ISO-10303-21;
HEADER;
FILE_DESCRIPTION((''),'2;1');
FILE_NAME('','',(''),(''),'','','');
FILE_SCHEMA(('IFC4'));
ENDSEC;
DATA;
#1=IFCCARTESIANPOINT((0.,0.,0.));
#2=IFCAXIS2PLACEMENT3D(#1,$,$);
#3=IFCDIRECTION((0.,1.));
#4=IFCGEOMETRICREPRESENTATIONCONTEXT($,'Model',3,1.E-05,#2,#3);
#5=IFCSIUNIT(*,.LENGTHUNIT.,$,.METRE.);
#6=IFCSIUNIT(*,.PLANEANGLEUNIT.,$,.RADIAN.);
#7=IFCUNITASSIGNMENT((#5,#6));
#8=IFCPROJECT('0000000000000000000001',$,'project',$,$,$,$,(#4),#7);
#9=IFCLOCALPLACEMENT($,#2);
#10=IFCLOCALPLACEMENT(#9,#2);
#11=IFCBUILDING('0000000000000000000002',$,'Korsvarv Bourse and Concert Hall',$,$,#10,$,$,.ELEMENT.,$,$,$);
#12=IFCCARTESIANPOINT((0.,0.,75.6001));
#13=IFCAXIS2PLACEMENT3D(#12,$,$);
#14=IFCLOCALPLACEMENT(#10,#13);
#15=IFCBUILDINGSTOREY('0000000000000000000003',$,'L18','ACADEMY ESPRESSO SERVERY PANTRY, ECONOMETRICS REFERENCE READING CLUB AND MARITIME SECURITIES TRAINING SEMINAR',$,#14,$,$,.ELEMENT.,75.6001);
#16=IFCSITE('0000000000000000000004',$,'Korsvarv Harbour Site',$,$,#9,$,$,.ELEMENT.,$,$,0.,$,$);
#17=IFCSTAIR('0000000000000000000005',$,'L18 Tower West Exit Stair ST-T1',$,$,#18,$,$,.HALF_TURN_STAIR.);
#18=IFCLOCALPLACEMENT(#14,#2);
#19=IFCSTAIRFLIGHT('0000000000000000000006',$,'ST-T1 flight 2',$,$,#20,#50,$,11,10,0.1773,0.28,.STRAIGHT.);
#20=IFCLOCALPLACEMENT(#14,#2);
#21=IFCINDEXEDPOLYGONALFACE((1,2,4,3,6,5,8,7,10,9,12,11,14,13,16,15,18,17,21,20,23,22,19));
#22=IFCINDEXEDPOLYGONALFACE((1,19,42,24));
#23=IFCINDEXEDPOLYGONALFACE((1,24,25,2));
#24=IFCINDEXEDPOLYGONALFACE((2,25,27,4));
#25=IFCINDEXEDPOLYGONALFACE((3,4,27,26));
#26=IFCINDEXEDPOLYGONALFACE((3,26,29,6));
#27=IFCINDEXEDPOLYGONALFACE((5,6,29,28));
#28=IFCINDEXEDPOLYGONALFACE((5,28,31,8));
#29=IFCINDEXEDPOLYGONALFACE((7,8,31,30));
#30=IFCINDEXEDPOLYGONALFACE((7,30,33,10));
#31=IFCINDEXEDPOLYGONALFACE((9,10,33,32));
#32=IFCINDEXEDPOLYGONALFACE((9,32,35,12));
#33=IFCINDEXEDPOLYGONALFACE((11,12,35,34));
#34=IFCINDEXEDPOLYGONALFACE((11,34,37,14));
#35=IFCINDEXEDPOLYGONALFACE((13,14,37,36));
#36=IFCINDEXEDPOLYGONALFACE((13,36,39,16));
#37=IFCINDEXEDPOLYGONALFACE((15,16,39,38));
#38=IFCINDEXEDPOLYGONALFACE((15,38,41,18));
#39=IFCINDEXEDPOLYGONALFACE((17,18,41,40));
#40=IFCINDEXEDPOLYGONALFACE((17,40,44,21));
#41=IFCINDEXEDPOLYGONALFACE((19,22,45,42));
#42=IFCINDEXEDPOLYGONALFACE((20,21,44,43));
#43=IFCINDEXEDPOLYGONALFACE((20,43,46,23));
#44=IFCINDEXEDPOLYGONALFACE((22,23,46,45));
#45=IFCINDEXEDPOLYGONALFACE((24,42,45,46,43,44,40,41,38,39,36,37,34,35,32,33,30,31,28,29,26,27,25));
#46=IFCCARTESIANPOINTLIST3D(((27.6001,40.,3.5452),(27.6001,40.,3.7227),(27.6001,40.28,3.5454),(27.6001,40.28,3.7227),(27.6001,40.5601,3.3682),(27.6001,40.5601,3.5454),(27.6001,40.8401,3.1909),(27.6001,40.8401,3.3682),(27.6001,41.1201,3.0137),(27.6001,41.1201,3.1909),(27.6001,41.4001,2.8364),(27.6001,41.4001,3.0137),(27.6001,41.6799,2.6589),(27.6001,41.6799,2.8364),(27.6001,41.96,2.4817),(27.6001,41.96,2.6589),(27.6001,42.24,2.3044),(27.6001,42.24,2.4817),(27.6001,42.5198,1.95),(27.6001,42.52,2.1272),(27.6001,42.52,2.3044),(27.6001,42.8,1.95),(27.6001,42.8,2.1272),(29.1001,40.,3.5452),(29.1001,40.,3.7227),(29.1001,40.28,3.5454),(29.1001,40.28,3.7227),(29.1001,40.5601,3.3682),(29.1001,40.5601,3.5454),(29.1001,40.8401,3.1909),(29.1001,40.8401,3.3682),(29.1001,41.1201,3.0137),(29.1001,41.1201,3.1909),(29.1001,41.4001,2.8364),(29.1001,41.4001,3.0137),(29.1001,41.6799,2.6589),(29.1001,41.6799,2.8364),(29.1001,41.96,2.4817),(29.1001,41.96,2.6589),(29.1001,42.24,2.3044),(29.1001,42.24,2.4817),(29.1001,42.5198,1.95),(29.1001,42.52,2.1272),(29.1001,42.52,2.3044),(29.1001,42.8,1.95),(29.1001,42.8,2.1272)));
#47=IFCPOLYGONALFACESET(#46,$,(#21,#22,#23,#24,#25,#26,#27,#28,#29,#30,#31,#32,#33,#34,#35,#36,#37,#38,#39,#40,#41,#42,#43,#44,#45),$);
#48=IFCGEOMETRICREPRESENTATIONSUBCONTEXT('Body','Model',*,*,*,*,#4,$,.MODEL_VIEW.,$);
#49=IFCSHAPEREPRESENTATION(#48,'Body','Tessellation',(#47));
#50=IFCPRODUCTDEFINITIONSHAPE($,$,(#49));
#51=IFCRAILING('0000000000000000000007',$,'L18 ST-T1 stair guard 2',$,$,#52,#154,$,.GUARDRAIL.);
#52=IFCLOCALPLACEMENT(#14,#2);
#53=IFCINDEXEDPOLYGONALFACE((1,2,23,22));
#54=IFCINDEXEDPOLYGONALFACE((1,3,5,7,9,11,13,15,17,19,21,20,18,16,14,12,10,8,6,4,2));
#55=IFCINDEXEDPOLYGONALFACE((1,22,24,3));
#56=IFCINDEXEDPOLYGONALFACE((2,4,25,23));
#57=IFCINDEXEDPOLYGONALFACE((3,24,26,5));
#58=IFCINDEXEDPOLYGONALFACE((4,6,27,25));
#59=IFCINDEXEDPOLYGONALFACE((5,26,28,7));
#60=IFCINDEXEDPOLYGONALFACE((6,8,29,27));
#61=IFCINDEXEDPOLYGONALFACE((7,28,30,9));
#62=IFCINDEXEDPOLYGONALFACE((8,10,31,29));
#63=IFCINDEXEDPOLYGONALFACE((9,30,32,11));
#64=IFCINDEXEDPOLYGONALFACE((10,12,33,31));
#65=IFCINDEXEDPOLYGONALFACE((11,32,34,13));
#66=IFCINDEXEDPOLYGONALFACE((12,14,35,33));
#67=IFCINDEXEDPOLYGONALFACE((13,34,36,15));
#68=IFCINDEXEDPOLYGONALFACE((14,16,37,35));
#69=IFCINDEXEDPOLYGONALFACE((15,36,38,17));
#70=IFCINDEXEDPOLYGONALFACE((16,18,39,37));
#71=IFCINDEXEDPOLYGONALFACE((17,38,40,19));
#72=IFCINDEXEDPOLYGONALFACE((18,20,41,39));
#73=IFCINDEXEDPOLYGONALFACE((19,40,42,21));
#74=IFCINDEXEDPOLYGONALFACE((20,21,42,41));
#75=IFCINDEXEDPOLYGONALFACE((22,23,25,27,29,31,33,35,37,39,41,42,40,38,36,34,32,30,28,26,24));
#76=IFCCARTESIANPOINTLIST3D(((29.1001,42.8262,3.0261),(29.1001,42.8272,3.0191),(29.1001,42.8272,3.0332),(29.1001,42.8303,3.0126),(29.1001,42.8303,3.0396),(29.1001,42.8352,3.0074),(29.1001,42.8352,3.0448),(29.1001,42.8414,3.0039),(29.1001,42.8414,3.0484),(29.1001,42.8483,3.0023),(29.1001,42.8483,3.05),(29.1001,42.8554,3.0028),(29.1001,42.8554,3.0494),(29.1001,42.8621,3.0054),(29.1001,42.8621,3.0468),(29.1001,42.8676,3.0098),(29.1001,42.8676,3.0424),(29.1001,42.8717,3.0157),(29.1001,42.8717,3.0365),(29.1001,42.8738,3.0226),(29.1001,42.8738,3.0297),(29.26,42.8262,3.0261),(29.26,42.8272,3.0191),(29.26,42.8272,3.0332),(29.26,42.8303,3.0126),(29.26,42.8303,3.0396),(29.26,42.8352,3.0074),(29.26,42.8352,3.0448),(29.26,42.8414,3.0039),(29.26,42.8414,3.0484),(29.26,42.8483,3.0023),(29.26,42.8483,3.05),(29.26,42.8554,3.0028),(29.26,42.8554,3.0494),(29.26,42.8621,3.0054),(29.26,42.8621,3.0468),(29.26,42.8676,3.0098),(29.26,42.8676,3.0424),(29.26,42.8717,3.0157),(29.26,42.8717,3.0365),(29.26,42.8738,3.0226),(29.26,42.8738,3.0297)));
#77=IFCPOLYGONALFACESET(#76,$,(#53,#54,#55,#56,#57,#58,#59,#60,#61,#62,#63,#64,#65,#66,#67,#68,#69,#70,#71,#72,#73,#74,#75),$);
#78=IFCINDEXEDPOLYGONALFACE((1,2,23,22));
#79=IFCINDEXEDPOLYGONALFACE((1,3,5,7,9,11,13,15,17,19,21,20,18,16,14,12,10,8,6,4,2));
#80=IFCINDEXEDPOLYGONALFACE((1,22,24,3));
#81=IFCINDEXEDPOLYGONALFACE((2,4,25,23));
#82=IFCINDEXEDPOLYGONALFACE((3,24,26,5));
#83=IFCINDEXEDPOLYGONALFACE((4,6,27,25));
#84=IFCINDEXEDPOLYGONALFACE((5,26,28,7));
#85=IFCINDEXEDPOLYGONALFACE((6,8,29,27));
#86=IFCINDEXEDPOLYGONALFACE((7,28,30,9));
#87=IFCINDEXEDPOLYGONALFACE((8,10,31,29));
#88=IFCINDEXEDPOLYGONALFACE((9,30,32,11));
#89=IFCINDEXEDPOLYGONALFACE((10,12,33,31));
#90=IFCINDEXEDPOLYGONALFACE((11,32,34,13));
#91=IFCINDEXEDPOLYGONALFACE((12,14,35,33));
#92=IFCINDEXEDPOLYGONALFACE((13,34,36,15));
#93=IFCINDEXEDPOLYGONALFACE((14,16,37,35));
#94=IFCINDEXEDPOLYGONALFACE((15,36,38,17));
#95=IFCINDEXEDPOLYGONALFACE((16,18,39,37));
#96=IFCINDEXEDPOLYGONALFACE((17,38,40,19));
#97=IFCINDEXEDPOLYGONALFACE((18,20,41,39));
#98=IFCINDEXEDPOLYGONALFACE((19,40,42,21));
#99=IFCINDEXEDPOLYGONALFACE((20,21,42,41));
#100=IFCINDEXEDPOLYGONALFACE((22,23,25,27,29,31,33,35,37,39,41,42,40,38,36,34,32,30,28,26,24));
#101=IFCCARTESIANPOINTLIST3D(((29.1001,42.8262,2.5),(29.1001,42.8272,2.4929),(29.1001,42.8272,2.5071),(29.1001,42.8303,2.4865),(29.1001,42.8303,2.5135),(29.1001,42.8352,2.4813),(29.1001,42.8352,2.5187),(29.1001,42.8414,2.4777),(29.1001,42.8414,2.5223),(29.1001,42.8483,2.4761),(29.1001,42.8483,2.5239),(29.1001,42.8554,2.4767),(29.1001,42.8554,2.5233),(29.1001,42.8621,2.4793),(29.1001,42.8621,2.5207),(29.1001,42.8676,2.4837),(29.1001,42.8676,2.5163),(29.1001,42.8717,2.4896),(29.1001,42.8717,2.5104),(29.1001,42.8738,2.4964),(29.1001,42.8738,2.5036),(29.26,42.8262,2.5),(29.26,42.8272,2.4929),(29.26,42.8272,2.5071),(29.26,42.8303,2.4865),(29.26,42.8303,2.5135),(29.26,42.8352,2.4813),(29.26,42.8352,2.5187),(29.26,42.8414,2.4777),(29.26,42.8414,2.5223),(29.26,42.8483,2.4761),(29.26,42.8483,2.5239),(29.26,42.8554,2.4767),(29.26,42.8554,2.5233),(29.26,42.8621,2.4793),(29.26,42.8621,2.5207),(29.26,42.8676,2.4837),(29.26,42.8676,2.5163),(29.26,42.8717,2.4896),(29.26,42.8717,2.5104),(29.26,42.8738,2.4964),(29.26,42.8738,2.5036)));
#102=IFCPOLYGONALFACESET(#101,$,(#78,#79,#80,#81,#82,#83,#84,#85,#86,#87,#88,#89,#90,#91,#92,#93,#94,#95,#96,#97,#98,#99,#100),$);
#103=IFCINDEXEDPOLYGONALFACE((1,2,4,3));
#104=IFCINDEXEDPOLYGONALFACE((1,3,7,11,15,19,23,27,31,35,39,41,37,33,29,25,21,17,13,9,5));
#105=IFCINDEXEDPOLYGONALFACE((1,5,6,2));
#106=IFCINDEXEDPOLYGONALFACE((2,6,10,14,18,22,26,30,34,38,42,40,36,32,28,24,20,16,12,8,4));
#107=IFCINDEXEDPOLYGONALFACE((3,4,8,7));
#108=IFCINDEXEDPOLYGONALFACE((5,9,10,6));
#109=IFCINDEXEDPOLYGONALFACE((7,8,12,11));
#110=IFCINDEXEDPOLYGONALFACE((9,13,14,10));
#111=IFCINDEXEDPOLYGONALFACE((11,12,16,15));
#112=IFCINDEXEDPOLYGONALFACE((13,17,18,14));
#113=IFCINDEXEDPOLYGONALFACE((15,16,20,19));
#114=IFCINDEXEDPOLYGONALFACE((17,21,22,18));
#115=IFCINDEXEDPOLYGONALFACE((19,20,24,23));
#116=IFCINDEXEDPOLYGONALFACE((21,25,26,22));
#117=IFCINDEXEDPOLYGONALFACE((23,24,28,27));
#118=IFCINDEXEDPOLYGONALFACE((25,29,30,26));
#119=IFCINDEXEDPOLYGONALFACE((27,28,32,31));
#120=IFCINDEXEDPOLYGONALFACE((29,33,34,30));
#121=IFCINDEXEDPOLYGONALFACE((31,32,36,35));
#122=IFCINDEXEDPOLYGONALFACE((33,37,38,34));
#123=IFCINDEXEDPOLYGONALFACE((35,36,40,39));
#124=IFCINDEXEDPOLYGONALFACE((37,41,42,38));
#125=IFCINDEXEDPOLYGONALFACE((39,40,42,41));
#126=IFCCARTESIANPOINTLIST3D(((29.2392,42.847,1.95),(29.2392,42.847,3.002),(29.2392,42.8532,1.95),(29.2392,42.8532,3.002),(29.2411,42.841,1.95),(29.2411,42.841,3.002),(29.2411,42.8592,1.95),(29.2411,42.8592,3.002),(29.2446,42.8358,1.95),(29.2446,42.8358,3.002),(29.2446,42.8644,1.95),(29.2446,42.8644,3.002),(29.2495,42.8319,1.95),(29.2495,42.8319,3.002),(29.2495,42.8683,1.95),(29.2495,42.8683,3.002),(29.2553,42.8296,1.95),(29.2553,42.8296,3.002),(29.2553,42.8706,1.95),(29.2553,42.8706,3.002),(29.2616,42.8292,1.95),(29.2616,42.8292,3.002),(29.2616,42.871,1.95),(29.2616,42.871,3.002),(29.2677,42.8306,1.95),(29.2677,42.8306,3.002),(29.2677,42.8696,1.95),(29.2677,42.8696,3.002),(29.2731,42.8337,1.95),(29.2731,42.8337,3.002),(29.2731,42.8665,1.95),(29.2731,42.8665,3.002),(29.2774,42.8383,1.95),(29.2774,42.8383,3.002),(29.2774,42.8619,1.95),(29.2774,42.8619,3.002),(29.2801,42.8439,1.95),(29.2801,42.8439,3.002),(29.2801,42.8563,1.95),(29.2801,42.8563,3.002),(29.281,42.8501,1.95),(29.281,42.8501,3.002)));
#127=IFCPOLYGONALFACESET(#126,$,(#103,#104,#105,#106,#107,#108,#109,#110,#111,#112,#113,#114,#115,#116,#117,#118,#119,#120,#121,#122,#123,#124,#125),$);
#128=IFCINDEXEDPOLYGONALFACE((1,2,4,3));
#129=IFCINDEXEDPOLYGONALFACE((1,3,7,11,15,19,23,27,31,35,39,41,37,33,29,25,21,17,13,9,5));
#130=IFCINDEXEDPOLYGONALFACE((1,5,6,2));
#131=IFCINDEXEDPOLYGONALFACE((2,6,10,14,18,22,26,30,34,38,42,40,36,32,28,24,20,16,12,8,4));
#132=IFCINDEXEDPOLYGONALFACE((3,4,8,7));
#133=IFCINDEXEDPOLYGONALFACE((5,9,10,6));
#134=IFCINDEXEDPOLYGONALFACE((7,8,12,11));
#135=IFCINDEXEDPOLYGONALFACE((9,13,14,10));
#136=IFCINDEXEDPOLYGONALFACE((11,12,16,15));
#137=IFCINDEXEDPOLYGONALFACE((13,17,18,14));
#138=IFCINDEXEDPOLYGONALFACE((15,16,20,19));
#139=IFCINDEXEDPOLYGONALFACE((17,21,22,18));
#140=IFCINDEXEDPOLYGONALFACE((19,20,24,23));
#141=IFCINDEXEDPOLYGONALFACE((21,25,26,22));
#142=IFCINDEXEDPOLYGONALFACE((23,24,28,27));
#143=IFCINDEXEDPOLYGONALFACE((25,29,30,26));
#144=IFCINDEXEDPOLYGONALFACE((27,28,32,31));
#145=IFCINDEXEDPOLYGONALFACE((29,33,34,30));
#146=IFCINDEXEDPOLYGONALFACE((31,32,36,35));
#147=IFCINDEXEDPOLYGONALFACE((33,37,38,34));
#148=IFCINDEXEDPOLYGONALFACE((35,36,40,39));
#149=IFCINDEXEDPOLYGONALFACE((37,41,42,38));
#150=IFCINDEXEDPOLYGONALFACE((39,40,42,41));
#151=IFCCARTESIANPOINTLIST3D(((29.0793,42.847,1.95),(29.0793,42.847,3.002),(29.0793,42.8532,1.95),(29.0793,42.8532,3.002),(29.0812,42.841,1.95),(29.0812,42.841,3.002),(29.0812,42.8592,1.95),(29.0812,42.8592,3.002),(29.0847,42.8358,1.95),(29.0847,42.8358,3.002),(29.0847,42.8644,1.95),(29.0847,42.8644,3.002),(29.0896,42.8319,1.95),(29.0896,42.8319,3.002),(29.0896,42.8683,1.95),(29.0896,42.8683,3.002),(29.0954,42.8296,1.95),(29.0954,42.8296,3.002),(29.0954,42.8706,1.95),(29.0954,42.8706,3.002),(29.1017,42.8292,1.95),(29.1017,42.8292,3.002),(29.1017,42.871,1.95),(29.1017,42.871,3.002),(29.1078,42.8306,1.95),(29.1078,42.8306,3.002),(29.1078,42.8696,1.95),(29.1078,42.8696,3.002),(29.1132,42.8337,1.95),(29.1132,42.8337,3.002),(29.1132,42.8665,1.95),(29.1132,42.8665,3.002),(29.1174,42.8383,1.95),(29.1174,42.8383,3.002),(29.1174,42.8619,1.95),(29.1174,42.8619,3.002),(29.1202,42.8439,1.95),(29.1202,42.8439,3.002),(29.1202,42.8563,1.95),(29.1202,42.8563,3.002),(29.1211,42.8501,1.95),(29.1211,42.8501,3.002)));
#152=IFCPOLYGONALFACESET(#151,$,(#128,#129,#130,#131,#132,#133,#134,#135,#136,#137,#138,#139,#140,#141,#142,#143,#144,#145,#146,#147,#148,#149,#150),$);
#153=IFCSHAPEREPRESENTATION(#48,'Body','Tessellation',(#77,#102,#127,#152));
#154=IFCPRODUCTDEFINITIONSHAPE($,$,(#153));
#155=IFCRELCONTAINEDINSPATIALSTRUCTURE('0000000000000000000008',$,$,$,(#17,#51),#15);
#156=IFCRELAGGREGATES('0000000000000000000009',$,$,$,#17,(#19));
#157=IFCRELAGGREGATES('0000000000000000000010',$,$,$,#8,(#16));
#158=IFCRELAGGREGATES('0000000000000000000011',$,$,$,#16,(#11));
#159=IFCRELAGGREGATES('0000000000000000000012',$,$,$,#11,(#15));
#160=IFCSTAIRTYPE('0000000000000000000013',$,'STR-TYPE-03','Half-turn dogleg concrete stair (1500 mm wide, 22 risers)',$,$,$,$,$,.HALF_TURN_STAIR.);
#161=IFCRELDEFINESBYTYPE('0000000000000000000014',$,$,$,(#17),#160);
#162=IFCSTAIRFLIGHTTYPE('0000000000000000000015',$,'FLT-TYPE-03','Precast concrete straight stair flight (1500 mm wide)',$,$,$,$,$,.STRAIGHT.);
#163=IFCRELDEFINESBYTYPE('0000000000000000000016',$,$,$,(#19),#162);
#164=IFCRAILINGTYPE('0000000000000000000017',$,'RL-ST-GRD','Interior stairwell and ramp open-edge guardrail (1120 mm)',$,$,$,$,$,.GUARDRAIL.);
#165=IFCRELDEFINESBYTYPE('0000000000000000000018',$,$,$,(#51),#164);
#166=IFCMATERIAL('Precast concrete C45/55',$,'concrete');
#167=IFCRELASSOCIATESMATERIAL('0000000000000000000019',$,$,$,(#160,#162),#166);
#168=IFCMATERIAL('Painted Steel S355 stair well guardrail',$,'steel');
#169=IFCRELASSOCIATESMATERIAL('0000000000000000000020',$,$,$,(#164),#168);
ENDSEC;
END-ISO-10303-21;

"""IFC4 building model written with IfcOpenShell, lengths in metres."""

from ifc_helpers import new_model, si_unit, direction, frame, origin, origin_2d, place, context, subcontext, project, spatial, polyline, circle, outline, extrude, material, type_object, element, aggregate, save


model = new_model("IFC4")

# Units and contexts
model_context = context("Model", 3, precision=1e-05, world=origin(), true_north=direction((0.0, 1.0)))
body_context = subcontext(model_context, "Body", "Model", "MODEL_VIEW")
ifc_project = project(units=[si_unit("LENGTHUNIT", "METRE"), si_unit("PLANEANGLEUNIT", "RADIAN")], contexts=[model_context])

# Site, building, storey
site_placement = place(None, origin())
site = spatial("IfcSite", under=ifc_project, at=site_placement, Name="Korsvarv Harbour Site", CompositionType="ELEMENT", RefElevation=0.0)
building_placement = place(site_placement, origin())
building = spatial("IfcBuilding", under=site, at=building_placement, Name="Korsvarv Bourse and Concert Hall", CompositionType="ELEMENT")
storey_placement = place(building_placement, frame((0.0, 0.0, 75.6001)))
storey = spatial("IfcBuildingStorey", under=building, at=storey_placement, Name="L18", Description="ACADEMY ESPRESSO SERVERY PANTRY, ECONOMETRICS REFERENCE READING CLUB AND MARITIME SECURITIES TRAINING SEMINAR", CompositionType="ELEMENT", Elevation=75.6001)

# Stair, stair flight
ifc_material_1 = material(Name="Precast concrete C45/55", Category="concrete")
stair_type = type_object("IfcStairType", Name="STR-TYPE-03", Description="Half-turn dogleg concrete stair (1500 mm wide, 22 risers)", PredefinedType="HALF_TURN_STAIR", material=ifc_material_1)
stair_placement = place(storey_placement, origin())
stair = element("IfcStair", 1, at=stair_placement, inside=storey, type_object=stair_type, Name="L18 Tower West Exit Stair ST-T1", PredefinedType="HALF_TURN_STAIR")
stair_flight_type = type_object("IfcStairFlightType", Name="FLT-TYPE-03", Description="Precast concrete straight stair flight (1500 mm wide)", PredefinedType="STRAIGHT", material=ifc_material_1)
stair_flight_placement = place(storey_placement, frame((28.3501, 42.8, 1.95), z_axis=(0.0, 0.0, 1.0), x_axis=(0.0, -1.0, 0.0)))
stair_flight = element("IfcStairFlight", 2, at=stair_flight_placement, type_object=stair_flight_type, Name="ST-T1 flight 2", NumberOfRisers=11, NumberOfTreads=10, PredefinedType="STRAIGHT", RiserHeight=0.1773, TreadLength=0.28, context=body_context, shape_type="SweptSolid", body=[
    extrude(outline(polyline([(0.0, 0.0), (0.0, 0.1772), (0.28, 0.1772), (0.28, 0.3545), (0.5601, 0.3545), (0.5601, 0.5317), (0.8401, 0.5317), (0.8401, 0.709), (1.1201, 0.709), (1.1201, 0.8865), (1.3999, 0.8865), (1.3999, 1.0637), (1.6799, 1.0637), (1.6799, 1.241), (1.96, 1.241), (1.96, 1.4182), (2.24, 1.4182), (2.24, 1.5955), (2.52, 1.5955), (2.52, 1.7727), (2.8, 1.7727), (2.8, 1.95), (2.8, 1.5952), (0.2803, 0.0), (0.0, 0.0)])), frame((0.0, 0.75, 0.0), z_axis=(0.0, -1.0, 0.0), x_axis=(1.0, 0.0, 0.0)), (0.0, 0.0, 1.0), 1.5),
])
aggregate(stair, [stair_flight])

# Railing
ifc_material_2 = material(Name="Painted Steel S355 stair well guardrail", Category="steel")
railing_type = type_object("IfcRailingType", Name="RL-ST-GRD", Description="Interior stairwell and ramp open-edge guardrail (1120 mm)", PredefinedType="GUARDRAIL", material=ifc_material_2)
railing_1_placement = place(storey_placement, frame((29.26, 42.8501, 1.95)))
element("IfcRailing", 3, at=railing_1_placement, inside=storey, type_object=railing_type, Name="L18 ST-T1 stair guard 2", PredefinedType="GUARDRAIL", context=body_context, shape_type="SweptSolid", body=[
    extrude(circle(Radius=0.0239, at=origin_2d()), frame((0.0, 0.0, 1.0762), z_axis=(-1.0, 0.0, 0.0), x_axis=(0.0, -1.0, 0.0)), (0.0, 0.0, 1.0), 0.1599),
    extrude(circle(Radius=0.0239, at=origin_2d()), frame((0.0, 0.0, 0.55), z_axis=(-1.0, 0.0, 0.0), x_axis=(0.0, -1.0, 0.0)), (0.0, 0.0, 1.0), 0.1599),
    extrude(circle(Radius=0.021, at=origin_2d()), origin(), (0.0, 0.0, 1.0), 1.052),
    extrude(circle(Radius=0.021, at=origin_2d()), frame((-0.1599, 0.0, 0.0)), (0.0, 0.0, 1.0), 1.052),
])

save(model, "model.ifc")
